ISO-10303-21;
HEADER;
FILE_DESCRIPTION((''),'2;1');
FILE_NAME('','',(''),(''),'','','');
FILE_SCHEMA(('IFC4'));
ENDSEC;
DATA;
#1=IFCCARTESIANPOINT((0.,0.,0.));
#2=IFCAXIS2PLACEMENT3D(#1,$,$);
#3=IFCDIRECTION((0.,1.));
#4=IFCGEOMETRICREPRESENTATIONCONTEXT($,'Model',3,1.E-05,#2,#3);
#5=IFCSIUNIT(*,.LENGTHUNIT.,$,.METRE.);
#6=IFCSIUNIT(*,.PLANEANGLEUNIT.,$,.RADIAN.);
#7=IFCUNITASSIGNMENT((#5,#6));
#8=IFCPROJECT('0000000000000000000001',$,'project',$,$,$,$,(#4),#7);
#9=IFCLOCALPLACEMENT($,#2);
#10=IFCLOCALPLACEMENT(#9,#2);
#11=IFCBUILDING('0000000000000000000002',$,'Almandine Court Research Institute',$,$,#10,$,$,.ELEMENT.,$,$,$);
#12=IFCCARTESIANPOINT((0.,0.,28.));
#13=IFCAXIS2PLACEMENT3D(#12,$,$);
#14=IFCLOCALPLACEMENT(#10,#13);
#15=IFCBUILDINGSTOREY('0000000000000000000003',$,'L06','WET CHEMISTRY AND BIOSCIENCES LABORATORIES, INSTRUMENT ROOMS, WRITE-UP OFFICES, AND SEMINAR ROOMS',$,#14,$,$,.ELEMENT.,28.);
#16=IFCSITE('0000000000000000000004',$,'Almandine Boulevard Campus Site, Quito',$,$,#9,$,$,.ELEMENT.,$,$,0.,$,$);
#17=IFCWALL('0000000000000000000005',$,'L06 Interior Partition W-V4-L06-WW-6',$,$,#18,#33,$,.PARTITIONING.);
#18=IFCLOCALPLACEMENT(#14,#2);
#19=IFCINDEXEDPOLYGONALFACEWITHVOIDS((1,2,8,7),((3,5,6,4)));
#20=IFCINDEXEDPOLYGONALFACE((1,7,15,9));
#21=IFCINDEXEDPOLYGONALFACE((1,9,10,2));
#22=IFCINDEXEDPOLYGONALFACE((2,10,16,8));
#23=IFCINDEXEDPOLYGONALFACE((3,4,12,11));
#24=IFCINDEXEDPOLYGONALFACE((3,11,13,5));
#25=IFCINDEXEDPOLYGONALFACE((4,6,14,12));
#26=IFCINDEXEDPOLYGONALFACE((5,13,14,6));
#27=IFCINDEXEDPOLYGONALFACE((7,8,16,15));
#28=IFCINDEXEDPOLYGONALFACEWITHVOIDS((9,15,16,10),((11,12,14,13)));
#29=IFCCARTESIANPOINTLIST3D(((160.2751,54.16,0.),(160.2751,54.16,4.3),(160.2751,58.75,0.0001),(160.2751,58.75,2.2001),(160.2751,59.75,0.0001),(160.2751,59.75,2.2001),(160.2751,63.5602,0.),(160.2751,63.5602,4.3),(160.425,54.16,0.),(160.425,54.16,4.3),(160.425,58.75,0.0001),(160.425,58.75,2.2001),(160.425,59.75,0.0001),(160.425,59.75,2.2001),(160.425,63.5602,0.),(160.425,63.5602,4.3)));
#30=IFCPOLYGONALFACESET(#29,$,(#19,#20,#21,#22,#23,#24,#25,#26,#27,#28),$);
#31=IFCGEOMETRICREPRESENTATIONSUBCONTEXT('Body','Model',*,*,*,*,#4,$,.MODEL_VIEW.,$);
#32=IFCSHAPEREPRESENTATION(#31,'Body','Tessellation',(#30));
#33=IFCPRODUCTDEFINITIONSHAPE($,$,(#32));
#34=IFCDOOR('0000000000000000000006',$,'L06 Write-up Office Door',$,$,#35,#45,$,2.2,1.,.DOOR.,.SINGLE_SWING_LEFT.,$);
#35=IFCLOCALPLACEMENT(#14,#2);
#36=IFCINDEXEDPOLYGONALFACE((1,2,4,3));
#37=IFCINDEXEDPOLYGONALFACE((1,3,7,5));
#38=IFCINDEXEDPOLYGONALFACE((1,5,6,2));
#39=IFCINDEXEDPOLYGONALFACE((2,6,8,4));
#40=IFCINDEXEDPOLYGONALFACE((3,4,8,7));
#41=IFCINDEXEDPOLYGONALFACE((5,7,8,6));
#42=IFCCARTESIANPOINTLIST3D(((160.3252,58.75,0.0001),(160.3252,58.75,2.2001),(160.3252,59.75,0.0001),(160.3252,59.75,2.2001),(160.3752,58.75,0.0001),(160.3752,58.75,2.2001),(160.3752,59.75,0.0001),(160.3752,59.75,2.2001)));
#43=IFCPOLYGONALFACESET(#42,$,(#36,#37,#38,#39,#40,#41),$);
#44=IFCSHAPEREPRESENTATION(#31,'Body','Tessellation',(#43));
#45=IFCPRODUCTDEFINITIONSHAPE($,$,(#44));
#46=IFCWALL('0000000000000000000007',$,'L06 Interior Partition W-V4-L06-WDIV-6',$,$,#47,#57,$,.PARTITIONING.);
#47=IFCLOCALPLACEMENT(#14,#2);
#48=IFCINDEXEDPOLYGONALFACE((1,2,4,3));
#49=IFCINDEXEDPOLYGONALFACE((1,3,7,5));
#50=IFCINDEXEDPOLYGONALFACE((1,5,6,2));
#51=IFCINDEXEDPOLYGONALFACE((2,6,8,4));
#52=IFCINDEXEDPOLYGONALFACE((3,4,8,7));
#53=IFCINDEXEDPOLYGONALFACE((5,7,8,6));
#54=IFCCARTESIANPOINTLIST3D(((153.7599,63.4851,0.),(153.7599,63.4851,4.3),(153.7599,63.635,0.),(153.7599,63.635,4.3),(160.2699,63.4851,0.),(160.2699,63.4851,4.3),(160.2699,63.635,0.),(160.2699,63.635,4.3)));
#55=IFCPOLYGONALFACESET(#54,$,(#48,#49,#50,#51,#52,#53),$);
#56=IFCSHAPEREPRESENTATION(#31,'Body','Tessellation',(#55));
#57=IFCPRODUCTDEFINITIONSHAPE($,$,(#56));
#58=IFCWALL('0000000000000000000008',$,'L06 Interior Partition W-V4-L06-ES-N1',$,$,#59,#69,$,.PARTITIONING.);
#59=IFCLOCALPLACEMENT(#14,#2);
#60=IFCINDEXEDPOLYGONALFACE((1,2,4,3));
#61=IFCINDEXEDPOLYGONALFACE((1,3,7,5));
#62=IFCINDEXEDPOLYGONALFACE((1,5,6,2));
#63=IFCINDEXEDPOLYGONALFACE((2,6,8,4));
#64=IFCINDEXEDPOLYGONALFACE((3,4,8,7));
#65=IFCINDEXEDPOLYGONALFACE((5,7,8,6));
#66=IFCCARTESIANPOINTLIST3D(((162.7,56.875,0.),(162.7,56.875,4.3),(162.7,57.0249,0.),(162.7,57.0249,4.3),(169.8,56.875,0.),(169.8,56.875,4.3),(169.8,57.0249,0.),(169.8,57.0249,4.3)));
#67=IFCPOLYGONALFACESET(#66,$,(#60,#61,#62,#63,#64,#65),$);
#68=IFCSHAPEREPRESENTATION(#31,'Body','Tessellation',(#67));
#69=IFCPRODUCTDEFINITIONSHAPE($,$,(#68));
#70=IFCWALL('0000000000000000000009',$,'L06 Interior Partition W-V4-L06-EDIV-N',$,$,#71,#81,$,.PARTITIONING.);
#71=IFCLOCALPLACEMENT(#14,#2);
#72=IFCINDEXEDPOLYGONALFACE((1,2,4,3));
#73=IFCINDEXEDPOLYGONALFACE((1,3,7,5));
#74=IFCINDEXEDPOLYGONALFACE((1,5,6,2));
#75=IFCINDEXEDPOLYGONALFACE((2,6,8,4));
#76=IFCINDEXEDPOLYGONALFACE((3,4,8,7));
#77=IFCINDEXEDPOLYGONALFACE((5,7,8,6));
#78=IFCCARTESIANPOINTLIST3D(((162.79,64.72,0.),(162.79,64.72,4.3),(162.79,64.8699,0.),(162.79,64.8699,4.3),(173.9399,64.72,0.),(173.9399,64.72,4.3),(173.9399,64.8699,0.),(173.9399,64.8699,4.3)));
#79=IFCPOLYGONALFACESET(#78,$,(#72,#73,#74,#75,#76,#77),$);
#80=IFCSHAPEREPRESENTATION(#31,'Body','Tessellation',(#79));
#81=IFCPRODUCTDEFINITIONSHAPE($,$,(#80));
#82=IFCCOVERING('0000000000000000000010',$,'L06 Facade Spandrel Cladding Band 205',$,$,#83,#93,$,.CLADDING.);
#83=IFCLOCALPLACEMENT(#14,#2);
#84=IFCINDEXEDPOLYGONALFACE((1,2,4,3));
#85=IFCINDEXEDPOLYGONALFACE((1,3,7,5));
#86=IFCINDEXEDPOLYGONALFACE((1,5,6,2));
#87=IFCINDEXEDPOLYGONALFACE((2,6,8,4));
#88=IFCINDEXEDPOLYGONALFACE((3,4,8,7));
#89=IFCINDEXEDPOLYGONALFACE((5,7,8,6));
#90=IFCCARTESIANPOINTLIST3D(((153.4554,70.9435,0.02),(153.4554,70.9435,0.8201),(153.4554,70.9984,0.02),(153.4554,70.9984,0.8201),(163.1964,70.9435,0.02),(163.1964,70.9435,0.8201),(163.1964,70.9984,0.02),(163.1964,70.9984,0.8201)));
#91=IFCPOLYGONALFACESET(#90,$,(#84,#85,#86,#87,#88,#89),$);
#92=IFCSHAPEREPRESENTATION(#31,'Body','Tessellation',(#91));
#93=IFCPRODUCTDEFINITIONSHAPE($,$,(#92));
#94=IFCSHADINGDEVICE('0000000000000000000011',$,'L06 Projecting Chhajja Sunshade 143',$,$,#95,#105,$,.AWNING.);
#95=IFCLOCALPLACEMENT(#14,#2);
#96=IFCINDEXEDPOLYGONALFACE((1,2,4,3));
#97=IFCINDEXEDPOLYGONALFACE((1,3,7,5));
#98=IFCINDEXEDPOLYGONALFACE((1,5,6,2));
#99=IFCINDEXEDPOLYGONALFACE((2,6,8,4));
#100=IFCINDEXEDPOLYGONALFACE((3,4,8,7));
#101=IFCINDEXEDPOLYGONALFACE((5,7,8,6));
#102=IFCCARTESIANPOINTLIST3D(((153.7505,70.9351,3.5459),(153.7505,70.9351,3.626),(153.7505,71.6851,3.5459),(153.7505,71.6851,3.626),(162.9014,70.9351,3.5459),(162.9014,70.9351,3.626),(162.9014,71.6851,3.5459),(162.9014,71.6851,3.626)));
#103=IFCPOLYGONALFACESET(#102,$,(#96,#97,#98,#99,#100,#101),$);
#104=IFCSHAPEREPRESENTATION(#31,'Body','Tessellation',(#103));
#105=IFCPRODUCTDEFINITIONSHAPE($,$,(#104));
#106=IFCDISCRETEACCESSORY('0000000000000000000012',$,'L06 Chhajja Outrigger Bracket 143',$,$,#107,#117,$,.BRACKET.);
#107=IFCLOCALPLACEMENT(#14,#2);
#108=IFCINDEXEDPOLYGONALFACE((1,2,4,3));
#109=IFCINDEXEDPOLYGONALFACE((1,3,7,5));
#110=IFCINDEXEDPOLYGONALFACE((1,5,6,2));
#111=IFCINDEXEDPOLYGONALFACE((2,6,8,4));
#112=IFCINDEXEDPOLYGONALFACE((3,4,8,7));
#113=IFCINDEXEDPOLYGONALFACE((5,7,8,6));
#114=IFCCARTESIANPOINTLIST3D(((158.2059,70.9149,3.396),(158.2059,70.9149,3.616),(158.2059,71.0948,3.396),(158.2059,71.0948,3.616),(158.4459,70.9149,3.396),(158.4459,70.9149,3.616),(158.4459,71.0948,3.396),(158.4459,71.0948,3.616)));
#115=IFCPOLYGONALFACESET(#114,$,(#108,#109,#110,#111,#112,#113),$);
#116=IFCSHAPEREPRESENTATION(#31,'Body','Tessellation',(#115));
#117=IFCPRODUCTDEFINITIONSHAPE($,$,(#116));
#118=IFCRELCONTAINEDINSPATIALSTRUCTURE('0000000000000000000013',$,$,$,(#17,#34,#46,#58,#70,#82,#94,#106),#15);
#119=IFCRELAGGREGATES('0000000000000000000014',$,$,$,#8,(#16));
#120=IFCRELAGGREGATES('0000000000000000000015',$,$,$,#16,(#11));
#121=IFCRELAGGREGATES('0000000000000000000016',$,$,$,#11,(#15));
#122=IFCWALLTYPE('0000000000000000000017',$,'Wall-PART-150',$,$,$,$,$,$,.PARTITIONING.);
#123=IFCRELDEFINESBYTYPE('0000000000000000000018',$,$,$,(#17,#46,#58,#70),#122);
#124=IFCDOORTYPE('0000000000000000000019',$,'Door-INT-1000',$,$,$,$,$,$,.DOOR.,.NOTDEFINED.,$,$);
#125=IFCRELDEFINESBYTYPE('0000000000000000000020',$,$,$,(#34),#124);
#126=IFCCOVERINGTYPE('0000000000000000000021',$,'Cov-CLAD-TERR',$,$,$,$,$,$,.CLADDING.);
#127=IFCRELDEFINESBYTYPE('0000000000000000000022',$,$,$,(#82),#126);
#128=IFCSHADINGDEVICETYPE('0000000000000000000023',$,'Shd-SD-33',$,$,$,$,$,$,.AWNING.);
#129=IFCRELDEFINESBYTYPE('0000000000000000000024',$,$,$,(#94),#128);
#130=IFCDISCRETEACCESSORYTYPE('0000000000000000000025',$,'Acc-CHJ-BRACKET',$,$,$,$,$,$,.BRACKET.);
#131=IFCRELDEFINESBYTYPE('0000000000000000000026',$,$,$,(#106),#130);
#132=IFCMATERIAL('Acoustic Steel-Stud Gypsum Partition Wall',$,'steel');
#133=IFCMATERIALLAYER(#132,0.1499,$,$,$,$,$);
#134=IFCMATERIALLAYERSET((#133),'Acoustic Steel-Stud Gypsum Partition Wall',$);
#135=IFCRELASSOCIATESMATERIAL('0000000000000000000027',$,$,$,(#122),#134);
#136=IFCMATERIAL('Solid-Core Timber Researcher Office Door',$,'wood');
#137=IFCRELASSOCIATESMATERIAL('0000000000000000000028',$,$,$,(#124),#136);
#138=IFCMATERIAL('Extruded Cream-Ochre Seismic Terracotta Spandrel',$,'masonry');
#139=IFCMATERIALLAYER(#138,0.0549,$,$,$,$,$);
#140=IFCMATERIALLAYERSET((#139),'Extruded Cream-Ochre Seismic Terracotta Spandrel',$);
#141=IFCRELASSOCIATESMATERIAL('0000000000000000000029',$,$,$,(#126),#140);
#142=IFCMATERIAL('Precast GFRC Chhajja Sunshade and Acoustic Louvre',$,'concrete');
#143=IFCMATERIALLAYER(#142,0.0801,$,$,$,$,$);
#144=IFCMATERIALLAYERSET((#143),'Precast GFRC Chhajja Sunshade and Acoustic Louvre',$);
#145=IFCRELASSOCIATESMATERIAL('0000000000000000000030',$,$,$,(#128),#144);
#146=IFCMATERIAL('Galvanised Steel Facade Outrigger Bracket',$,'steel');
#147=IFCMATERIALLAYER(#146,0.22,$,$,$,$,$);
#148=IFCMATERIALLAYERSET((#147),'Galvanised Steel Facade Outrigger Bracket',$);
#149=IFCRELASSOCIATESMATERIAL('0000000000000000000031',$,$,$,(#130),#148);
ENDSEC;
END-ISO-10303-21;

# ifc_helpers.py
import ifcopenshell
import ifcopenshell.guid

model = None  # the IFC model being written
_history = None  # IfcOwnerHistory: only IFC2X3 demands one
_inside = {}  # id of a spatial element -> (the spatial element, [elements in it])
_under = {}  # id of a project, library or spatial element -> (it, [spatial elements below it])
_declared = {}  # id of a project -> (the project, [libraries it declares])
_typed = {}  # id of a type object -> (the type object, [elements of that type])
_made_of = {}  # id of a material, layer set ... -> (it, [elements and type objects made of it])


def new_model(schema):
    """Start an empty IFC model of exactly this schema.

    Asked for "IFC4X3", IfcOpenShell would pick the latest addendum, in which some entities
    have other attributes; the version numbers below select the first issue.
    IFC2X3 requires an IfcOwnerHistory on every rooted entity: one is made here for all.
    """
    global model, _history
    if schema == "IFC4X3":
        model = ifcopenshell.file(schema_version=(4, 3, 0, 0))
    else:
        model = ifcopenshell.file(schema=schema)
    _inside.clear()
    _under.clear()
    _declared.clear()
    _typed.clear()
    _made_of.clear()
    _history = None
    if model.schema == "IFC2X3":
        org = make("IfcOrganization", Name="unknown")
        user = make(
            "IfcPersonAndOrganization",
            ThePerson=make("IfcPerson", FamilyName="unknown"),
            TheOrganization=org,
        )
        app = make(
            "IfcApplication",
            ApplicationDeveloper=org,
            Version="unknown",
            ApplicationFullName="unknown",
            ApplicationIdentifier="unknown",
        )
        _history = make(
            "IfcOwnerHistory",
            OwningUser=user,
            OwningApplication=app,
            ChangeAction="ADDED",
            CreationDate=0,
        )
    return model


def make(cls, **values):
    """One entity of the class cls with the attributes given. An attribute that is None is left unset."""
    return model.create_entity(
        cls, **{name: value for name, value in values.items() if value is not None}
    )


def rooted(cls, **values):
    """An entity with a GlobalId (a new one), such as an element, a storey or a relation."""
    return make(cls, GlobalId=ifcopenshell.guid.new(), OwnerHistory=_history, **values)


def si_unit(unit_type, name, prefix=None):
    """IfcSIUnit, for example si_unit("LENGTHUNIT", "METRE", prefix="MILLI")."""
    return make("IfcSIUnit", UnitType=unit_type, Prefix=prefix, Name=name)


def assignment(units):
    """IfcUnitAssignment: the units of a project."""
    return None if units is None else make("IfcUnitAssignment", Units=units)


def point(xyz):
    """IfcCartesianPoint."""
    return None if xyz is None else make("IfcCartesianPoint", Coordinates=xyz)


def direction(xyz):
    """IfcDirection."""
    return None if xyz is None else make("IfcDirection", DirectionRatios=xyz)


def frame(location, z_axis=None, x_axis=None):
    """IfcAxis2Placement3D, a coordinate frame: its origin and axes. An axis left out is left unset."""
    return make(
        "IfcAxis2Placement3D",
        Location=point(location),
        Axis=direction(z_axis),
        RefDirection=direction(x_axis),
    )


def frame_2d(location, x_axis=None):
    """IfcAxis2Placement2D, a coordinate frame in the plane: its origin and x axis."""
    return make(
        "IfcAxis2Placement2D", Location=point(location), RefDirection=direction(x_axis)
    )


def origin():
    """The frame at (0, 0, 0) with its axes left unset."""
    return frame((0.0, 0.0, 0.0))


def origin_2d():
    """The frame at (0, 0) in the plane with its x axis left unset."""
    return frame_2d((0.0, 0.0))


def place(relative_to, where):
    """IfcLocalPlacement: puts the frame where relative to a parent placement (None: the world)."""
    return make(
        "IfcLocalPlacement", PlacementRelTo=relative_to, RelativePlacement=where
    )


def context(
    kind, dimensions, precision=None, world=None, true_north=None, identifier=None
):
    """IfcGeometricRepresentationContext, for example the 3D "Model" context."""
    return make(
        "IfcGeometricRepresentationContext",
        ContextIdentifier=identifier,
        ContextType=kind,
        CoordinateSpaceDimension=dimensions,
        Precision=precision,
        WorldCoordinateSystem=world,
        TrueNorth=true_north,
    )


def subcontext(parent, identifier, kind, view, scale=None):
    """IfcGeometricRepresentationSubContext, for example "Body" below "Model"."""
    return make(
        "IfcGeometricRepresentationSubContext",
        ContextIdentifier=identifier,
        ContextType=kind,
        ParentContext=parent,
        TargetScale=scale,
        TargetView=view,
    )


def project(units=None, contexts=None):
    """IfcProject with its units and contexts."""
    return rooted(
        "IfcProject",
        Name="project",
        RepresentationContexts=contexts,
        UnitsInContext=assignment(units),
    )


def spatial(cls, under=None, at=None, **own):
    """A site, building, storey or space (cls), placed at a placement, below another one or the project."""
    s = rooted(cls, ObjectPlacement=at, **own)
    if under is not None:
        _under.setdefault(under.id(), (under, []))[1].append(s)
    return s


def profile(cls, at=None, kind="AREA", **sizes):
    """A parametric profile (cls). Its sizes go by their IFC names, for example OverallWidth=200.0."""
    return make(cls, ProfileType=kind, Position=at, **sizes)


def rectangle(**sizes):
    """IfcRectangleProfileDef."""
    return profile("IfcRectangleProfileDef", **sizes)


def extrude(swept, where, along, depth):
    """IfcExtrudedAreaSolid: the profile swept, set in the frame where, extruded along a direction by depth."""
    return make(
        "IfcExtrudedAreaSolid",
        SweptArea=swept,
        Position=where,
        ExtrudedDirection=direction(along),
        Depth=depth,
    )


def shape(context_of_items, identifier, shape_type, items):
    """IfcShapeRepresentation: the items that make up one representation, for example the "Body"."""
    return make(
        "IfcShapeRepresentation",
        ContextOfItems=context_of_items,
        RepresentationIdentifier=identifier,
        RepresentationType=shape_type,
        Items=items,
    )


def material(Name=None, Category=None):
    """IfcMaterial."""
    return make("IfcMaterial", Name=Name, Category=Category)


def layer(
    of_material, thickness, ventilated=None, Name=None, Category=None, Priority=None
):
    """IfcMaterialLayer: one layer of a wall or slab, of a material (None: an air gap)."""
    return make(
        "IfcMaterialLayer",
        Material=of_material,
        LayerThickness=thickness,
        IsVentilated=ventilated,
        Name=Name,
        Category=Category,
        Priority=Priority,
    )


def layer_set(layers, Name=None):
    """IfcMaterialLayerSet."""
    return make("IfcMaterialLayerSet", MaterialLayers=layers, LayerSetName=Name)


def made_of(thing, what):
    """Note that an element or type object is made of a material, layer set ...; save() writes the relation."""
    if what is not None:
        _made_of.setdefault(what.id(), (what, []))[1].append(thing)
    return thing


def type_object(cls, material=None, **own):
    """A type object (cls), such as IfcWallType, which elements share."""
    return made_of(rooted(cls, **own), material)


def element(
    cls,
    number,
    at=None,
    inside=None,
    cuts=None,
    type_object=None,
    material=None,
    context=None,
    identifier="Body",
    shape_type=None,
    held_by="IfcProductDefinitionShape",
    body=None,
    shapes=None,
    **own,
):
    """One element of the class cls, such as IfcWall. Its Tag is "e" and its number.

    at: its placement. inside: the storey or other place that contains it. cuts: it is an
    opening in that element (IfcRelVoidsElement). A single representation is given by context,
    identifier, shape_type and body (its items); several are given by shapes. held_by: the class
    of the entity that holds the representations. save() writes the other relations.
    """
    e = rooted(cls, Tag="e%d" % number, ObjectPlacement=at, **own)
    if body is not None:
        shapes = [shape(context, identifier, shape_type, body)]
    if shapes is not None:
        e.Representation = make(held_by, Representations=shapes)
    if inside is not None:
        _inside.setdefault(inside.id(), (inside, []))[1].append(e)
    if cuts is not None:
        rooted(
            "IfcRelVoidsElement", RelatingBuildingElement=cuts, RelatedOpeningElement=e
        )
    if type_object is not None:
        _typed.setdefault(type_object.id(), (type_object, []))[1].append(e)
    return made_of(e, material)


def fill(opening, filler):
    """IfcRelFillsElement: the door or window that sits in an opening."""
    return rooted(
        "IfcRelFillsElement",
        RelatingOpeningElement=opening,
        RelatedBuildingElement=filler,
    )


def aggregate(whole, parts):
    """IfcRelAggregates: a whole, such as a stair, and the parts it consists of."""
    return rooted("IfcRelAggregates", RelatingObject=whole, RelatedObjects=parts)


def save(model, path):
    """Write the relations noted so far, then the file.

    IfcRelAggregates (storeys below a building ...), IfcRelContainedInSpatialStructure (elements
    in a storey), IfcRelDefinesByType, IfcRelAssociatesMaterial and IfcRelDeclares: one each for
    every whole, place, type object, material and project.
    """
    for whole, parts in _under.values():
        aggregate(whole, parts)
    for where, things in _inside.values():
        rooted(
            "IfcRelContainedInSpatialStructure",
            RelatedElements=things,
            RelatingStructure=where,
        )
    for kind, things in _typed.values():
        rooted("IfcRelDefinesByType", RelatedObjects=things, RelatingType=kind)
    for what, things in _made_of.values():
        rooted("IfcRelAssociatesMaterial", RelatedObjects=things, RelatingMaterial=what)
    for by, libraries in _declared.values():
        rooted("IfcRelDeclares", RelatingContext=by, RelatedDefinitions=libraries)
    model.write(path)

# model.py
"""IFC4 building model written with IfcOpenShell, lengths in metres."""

from ifc_helpers import new_model, si_unit, direction, frame, frame_2d, origin, origin_2d, place, context, subcontext, project, spatial, rectangle, extrude, material, layer, layer_set, type_object, element, fill, save


model = new_model("IFC4")

# Units and contexts
model_context = context("Model", 3, precision=1e-05, world=origin(), true_north=direction((0.0, 1.0)))
body_context = subcontext(model_context, "Body", "Model", "MODEL_VIEW")
ifc_project = project(units=[si_unit("LENGTHUNIT", "METRE"), si_unit("PLANEANGLEUNIT", "RADIAN")], contexts=[model_context])

# Site, building, storey
site_placement = place(None, origin())
site = spatial("IfcSite", under=ifc_project, at=site_placement, Name="Almandine Boulevard Campus Site, Quito", CompositionType="ELEMENT", RefElevation=0.0)
building_placement = place(site_placement, origin())
building = spatial("IfcBuilding", under=site, at=building_placement, Name="Almandine Court Research Institute", CompositionType="ELEMENT")
storey_placement = place(building_placement, frame((0.0, 0.0, 28.0)))
storey = spatial("IfcBuildingStorey", under=building, at=storey_placement, Name="L06", Description="WET CHEMISTRY AND BIOSCIENCES LABORATORIES, INSTRUMENT ROOMS, WRITE-UP OFFICES, AND SEMINAR ROOMS", CompositionType="ELEMENT", Elevation=28.0)

# Shared definitions
ifc_material_1 = material(Name="Acoustic Steel-Stud Gypsum Partition Wall", Category="steel")
ifc_layer_1 = layer(ifc_material_1, 0.1499)
ifc_layer_set_1 = layer_set([ifc_layer_1], Name="Acoustic Steel-Stud Gypsum Partition Wall")
wall_type_1 = type_object("IfcWallType", Name="Wall-PART-150", PredefinedType="PARTITIONING", material=ifc_layer_set_1)

# Wall, opening, door
wall_1_placement = place(storey_placement, frame((160.3501, 54.1599, 0.0), z_axis=(0.0, 0.0, 1.0), x_axis=(0.0, 1.0, 0.0)))
wall_1 = element("IfcWall", 1, at=wall_1_placement, inside=storey, type_object=wall_type_1, Name="L06 Interior Partition W-V4-L06-WW-6", PredefinedType="PARTITIONING", context=body_context, shape_type="SweptSolid", body=[
    extrude(rectangle(XDim=9.4001, YDim=0.1499, at=frame_2d((4.7002, 0.0))), origin(), (0.0, 0.0, 1.0), 4.3),
])
opening_1_placement = place(wall_1_placement, frame((4.5901, 0.0, 0.0)))
opening_1 = element("IfcOpeningElement", 2, at=opening_1_placement, cuts=wall_1, PredefinedType="OPENING", context=body_context, shape_type="SweptSolid", body=[
    extrude(rectangle(XDim=1.0, YDim=2.2, at=frame_2d((0.5, 1.1001))), frame((0.0, 0.085, 0.0), z_axis=(0.0, -1.0, 0.0), x_axis=(1.0, 0.0, 0.0)), (0.0, 0.0, 1.0), 0.1699),
])
ifc_material_2 = material(Name="Solid-Core Timber Researcher Office Door", Category="wood")
door_type_1 = type_object("IfcDoorType", Name="Door-INT-1000", OperationType="NOTDEFINED", PredefinedType="DOOR", material=ifc_material_2)
door_1_placement = place(opening_1_placement, origin())
door_1 = element("IfcDoor", 3, at=door_1_placement, inside=storey, type_object=door_type_1, Name="L06 Write-up Office Door", OperationType="SINGLE_SWING_LEFT", OverallHeight=2.2, OverallWidth=1.0, PredefinedType="DOOR", context=body_context, shape_type="SweptSolid", body=[
    extrude(rectangle(XDim=1.0, YDim=2.2, at=frame_2d((0.5, 1.1001))), frame((0.0, 0.0249, 0.0), z_axis=(0.0, -1.0, 0.0), x_axis=(1.0, 0.0, 0.0)), (0.0, 0.0, 1.0), 0.05),
])
fill(opening_1, door_1)

# Walls
wall_2_placement = place(storey_placement, frame((153.76, 63.5601, 0.0), z_axis=(0.0, 0.0, 1.0), x_axis=(1.0, 0.0, 0.0)))
element("IfcWall", 4, at=wall_2_placement, inside=storey, type_object=wall_type_1, Name="L06 Interior Partition W-V4-L06-WDIV-6", PredefinedType="PARTITIONING", context=body_context, shape_type="SweptSolid", body=[
    extrude(rectangle(XDim=6.51, YDim=0.1499, at=frame_2d((3.2549, 0.0))), origin(), (0.0, 0.0, 1.0), 4.3),
])
wall_3_placement = place(storey_placement, frame((162.7, 56.95, 0.0), z_axis=(0.0, 0.0, 1.0), x_axis=(1.0, 0.0, 0.0)))
element("IfcWall", 5, at=wall_3_placement, inside=storey, type_object=wall_type_1, Name="L06 Interior Partition W-V4-L06-ES-N1", PredefinedType="PARTITIONING", context=body_context, shape_type="SweptSolid", body=[
    extrude(rectangle(XDim=7.1001, YDim=0.1499, at=frame_2d((3.55, 0.0))), origin(), (0.0, 0.0, 1.0), 4.3),
])
wall_4_placement = place(storey_placement, frame((162.79, 64.7949, 0.0), z_axis=(0.0, 0.0, 1.0), x_axis=(1.0, 0.0, 0.0)))
element("IfcWall", 6, at=wall_4_placement, inside=storey, type_object=wall_type_1, Name="L06 Interior Partition W-V4-L06-EDIV-N", PredefinedType="PARTITIONING", context=body_context, shape_type="SweptSolid", body=[
    extrude(rectangle(XDim=11.1499, YDim=0.1499, at=frame_2d((5.575, 0.0))), origin(), (0.0, 0.0, 1.0), 4.3),
])

# Covering
ifc_material_3 = material(Name="Extruded Cream-Ochre Seismic Terracotta Spandrel", Category="masonry")
ifc_layer_2 = layer(ifc_material_3, 0.0549)
ifc_layer_set_2 = layer_set([ifc_layer_2], Name="Extruded Cream-Ochre Seismic Terracotta Spandrel")
covering_type = type_object("IfcCoveringType", Name="Cov-CLAD-TERR", PredefinedType="CLADDING", material=ifc_layer_set_2)
covering_placement = place(storey_placement, frame((158.3259, 70.9709, 0.02), z_axis=(0.0, 0.0, 1.0), x_axis=(1.0, 0.0, 0.0)))
element("IfcCovering", 7, at=covering_placement, inside=storey, type_object=covering_type, Name="L06 Facade Spandrel Cladding Band 205", PredefinedType="CLADDING", context=body_context, shape_type="SweptSolid", body=[
    extrude(rectangle(XDim=9.741, YDim=0.0549, at=origin_2d()), origin(), (0.0, 0.0, 1.0), 0.8),
])

# Shading device
ifc_material_4 = material(Name="Precast GFRC Chhajja Sunshade and Acoustic Louvre", Category="concrete")
ifc_layer_3 = layer(ifc_material_4, 0.0801)
ifc_layer_set_3 = layer_set([ifc_layer_3], Name="Precast GFRC Chhajja Sunshade and Acoustic Louvre")
shading_device_type = type_object("IfcShadingDeviceType", Name="Shd-SD-33", PredefinedType="AWNING", material=ifc_layer_set_3)
shading_device_placement = place(storey_placement, frame((158.3259, 71.3101, 3.5459), z_axis=(0.0, 0.0, 1.0), x_axis=(1.0, 0.0, 0.0)))
element("IfcShadingDevice", 8, at=shading_device_placement, inside=storey, type_object=shading_device_type, Name="L06 Projecting Chhajja Sunshade 143", PredefinedType="AWNING", context=body_context, shape_type="SweptSolid", body=[
    extrude(rectangle(XDim=9.1509, YDim=0.75, at=origin_2d()), origin(), (0.0, 0.0, 1.0), 0.0801),
])

# Discrete accessory
ifc_material_5 = material(Name="Galvanised Steel Facade Outrigger Bracket", Category="steel")
ifc_layer_4 = layer(ifc_material_5, 0.22)
ifc_layer_set_4 = layer_set([ifc_layer_4], Name="Galvanised Steel Facade Outrigger Bracket")
discrete_accessory_type = type_object("IfcDiscreteAccessoryType", Name="Acc-CHJ-BRACKET", PredefinedType="BRACKET", material=ifc_layer_set_4)
discrete_accessory_placement = place(storey_placement, frame((158.3259, 71.0049, 3.396), z_axis=(0.0, 0.0, 1.0), x_axis=(1.0, 0.0, 0.0)))
element("IfcDiscreteAccessory", 9, at=discrete_accessory_placement, inside=storey, type_object=discrete_accessory_type, Name="L06 Chhajja Outrigger Bracket 143", PredefinedType="BRACKET", context=body_context, shape_type="SweptSolid", body=[
    extrude(rectangle(XDim=0.24, YDim=0.1799, at=origin_2d()), origin(), (0.0, 0.0, 1.0), 0.22),
])

save(model, "model.ifc")
